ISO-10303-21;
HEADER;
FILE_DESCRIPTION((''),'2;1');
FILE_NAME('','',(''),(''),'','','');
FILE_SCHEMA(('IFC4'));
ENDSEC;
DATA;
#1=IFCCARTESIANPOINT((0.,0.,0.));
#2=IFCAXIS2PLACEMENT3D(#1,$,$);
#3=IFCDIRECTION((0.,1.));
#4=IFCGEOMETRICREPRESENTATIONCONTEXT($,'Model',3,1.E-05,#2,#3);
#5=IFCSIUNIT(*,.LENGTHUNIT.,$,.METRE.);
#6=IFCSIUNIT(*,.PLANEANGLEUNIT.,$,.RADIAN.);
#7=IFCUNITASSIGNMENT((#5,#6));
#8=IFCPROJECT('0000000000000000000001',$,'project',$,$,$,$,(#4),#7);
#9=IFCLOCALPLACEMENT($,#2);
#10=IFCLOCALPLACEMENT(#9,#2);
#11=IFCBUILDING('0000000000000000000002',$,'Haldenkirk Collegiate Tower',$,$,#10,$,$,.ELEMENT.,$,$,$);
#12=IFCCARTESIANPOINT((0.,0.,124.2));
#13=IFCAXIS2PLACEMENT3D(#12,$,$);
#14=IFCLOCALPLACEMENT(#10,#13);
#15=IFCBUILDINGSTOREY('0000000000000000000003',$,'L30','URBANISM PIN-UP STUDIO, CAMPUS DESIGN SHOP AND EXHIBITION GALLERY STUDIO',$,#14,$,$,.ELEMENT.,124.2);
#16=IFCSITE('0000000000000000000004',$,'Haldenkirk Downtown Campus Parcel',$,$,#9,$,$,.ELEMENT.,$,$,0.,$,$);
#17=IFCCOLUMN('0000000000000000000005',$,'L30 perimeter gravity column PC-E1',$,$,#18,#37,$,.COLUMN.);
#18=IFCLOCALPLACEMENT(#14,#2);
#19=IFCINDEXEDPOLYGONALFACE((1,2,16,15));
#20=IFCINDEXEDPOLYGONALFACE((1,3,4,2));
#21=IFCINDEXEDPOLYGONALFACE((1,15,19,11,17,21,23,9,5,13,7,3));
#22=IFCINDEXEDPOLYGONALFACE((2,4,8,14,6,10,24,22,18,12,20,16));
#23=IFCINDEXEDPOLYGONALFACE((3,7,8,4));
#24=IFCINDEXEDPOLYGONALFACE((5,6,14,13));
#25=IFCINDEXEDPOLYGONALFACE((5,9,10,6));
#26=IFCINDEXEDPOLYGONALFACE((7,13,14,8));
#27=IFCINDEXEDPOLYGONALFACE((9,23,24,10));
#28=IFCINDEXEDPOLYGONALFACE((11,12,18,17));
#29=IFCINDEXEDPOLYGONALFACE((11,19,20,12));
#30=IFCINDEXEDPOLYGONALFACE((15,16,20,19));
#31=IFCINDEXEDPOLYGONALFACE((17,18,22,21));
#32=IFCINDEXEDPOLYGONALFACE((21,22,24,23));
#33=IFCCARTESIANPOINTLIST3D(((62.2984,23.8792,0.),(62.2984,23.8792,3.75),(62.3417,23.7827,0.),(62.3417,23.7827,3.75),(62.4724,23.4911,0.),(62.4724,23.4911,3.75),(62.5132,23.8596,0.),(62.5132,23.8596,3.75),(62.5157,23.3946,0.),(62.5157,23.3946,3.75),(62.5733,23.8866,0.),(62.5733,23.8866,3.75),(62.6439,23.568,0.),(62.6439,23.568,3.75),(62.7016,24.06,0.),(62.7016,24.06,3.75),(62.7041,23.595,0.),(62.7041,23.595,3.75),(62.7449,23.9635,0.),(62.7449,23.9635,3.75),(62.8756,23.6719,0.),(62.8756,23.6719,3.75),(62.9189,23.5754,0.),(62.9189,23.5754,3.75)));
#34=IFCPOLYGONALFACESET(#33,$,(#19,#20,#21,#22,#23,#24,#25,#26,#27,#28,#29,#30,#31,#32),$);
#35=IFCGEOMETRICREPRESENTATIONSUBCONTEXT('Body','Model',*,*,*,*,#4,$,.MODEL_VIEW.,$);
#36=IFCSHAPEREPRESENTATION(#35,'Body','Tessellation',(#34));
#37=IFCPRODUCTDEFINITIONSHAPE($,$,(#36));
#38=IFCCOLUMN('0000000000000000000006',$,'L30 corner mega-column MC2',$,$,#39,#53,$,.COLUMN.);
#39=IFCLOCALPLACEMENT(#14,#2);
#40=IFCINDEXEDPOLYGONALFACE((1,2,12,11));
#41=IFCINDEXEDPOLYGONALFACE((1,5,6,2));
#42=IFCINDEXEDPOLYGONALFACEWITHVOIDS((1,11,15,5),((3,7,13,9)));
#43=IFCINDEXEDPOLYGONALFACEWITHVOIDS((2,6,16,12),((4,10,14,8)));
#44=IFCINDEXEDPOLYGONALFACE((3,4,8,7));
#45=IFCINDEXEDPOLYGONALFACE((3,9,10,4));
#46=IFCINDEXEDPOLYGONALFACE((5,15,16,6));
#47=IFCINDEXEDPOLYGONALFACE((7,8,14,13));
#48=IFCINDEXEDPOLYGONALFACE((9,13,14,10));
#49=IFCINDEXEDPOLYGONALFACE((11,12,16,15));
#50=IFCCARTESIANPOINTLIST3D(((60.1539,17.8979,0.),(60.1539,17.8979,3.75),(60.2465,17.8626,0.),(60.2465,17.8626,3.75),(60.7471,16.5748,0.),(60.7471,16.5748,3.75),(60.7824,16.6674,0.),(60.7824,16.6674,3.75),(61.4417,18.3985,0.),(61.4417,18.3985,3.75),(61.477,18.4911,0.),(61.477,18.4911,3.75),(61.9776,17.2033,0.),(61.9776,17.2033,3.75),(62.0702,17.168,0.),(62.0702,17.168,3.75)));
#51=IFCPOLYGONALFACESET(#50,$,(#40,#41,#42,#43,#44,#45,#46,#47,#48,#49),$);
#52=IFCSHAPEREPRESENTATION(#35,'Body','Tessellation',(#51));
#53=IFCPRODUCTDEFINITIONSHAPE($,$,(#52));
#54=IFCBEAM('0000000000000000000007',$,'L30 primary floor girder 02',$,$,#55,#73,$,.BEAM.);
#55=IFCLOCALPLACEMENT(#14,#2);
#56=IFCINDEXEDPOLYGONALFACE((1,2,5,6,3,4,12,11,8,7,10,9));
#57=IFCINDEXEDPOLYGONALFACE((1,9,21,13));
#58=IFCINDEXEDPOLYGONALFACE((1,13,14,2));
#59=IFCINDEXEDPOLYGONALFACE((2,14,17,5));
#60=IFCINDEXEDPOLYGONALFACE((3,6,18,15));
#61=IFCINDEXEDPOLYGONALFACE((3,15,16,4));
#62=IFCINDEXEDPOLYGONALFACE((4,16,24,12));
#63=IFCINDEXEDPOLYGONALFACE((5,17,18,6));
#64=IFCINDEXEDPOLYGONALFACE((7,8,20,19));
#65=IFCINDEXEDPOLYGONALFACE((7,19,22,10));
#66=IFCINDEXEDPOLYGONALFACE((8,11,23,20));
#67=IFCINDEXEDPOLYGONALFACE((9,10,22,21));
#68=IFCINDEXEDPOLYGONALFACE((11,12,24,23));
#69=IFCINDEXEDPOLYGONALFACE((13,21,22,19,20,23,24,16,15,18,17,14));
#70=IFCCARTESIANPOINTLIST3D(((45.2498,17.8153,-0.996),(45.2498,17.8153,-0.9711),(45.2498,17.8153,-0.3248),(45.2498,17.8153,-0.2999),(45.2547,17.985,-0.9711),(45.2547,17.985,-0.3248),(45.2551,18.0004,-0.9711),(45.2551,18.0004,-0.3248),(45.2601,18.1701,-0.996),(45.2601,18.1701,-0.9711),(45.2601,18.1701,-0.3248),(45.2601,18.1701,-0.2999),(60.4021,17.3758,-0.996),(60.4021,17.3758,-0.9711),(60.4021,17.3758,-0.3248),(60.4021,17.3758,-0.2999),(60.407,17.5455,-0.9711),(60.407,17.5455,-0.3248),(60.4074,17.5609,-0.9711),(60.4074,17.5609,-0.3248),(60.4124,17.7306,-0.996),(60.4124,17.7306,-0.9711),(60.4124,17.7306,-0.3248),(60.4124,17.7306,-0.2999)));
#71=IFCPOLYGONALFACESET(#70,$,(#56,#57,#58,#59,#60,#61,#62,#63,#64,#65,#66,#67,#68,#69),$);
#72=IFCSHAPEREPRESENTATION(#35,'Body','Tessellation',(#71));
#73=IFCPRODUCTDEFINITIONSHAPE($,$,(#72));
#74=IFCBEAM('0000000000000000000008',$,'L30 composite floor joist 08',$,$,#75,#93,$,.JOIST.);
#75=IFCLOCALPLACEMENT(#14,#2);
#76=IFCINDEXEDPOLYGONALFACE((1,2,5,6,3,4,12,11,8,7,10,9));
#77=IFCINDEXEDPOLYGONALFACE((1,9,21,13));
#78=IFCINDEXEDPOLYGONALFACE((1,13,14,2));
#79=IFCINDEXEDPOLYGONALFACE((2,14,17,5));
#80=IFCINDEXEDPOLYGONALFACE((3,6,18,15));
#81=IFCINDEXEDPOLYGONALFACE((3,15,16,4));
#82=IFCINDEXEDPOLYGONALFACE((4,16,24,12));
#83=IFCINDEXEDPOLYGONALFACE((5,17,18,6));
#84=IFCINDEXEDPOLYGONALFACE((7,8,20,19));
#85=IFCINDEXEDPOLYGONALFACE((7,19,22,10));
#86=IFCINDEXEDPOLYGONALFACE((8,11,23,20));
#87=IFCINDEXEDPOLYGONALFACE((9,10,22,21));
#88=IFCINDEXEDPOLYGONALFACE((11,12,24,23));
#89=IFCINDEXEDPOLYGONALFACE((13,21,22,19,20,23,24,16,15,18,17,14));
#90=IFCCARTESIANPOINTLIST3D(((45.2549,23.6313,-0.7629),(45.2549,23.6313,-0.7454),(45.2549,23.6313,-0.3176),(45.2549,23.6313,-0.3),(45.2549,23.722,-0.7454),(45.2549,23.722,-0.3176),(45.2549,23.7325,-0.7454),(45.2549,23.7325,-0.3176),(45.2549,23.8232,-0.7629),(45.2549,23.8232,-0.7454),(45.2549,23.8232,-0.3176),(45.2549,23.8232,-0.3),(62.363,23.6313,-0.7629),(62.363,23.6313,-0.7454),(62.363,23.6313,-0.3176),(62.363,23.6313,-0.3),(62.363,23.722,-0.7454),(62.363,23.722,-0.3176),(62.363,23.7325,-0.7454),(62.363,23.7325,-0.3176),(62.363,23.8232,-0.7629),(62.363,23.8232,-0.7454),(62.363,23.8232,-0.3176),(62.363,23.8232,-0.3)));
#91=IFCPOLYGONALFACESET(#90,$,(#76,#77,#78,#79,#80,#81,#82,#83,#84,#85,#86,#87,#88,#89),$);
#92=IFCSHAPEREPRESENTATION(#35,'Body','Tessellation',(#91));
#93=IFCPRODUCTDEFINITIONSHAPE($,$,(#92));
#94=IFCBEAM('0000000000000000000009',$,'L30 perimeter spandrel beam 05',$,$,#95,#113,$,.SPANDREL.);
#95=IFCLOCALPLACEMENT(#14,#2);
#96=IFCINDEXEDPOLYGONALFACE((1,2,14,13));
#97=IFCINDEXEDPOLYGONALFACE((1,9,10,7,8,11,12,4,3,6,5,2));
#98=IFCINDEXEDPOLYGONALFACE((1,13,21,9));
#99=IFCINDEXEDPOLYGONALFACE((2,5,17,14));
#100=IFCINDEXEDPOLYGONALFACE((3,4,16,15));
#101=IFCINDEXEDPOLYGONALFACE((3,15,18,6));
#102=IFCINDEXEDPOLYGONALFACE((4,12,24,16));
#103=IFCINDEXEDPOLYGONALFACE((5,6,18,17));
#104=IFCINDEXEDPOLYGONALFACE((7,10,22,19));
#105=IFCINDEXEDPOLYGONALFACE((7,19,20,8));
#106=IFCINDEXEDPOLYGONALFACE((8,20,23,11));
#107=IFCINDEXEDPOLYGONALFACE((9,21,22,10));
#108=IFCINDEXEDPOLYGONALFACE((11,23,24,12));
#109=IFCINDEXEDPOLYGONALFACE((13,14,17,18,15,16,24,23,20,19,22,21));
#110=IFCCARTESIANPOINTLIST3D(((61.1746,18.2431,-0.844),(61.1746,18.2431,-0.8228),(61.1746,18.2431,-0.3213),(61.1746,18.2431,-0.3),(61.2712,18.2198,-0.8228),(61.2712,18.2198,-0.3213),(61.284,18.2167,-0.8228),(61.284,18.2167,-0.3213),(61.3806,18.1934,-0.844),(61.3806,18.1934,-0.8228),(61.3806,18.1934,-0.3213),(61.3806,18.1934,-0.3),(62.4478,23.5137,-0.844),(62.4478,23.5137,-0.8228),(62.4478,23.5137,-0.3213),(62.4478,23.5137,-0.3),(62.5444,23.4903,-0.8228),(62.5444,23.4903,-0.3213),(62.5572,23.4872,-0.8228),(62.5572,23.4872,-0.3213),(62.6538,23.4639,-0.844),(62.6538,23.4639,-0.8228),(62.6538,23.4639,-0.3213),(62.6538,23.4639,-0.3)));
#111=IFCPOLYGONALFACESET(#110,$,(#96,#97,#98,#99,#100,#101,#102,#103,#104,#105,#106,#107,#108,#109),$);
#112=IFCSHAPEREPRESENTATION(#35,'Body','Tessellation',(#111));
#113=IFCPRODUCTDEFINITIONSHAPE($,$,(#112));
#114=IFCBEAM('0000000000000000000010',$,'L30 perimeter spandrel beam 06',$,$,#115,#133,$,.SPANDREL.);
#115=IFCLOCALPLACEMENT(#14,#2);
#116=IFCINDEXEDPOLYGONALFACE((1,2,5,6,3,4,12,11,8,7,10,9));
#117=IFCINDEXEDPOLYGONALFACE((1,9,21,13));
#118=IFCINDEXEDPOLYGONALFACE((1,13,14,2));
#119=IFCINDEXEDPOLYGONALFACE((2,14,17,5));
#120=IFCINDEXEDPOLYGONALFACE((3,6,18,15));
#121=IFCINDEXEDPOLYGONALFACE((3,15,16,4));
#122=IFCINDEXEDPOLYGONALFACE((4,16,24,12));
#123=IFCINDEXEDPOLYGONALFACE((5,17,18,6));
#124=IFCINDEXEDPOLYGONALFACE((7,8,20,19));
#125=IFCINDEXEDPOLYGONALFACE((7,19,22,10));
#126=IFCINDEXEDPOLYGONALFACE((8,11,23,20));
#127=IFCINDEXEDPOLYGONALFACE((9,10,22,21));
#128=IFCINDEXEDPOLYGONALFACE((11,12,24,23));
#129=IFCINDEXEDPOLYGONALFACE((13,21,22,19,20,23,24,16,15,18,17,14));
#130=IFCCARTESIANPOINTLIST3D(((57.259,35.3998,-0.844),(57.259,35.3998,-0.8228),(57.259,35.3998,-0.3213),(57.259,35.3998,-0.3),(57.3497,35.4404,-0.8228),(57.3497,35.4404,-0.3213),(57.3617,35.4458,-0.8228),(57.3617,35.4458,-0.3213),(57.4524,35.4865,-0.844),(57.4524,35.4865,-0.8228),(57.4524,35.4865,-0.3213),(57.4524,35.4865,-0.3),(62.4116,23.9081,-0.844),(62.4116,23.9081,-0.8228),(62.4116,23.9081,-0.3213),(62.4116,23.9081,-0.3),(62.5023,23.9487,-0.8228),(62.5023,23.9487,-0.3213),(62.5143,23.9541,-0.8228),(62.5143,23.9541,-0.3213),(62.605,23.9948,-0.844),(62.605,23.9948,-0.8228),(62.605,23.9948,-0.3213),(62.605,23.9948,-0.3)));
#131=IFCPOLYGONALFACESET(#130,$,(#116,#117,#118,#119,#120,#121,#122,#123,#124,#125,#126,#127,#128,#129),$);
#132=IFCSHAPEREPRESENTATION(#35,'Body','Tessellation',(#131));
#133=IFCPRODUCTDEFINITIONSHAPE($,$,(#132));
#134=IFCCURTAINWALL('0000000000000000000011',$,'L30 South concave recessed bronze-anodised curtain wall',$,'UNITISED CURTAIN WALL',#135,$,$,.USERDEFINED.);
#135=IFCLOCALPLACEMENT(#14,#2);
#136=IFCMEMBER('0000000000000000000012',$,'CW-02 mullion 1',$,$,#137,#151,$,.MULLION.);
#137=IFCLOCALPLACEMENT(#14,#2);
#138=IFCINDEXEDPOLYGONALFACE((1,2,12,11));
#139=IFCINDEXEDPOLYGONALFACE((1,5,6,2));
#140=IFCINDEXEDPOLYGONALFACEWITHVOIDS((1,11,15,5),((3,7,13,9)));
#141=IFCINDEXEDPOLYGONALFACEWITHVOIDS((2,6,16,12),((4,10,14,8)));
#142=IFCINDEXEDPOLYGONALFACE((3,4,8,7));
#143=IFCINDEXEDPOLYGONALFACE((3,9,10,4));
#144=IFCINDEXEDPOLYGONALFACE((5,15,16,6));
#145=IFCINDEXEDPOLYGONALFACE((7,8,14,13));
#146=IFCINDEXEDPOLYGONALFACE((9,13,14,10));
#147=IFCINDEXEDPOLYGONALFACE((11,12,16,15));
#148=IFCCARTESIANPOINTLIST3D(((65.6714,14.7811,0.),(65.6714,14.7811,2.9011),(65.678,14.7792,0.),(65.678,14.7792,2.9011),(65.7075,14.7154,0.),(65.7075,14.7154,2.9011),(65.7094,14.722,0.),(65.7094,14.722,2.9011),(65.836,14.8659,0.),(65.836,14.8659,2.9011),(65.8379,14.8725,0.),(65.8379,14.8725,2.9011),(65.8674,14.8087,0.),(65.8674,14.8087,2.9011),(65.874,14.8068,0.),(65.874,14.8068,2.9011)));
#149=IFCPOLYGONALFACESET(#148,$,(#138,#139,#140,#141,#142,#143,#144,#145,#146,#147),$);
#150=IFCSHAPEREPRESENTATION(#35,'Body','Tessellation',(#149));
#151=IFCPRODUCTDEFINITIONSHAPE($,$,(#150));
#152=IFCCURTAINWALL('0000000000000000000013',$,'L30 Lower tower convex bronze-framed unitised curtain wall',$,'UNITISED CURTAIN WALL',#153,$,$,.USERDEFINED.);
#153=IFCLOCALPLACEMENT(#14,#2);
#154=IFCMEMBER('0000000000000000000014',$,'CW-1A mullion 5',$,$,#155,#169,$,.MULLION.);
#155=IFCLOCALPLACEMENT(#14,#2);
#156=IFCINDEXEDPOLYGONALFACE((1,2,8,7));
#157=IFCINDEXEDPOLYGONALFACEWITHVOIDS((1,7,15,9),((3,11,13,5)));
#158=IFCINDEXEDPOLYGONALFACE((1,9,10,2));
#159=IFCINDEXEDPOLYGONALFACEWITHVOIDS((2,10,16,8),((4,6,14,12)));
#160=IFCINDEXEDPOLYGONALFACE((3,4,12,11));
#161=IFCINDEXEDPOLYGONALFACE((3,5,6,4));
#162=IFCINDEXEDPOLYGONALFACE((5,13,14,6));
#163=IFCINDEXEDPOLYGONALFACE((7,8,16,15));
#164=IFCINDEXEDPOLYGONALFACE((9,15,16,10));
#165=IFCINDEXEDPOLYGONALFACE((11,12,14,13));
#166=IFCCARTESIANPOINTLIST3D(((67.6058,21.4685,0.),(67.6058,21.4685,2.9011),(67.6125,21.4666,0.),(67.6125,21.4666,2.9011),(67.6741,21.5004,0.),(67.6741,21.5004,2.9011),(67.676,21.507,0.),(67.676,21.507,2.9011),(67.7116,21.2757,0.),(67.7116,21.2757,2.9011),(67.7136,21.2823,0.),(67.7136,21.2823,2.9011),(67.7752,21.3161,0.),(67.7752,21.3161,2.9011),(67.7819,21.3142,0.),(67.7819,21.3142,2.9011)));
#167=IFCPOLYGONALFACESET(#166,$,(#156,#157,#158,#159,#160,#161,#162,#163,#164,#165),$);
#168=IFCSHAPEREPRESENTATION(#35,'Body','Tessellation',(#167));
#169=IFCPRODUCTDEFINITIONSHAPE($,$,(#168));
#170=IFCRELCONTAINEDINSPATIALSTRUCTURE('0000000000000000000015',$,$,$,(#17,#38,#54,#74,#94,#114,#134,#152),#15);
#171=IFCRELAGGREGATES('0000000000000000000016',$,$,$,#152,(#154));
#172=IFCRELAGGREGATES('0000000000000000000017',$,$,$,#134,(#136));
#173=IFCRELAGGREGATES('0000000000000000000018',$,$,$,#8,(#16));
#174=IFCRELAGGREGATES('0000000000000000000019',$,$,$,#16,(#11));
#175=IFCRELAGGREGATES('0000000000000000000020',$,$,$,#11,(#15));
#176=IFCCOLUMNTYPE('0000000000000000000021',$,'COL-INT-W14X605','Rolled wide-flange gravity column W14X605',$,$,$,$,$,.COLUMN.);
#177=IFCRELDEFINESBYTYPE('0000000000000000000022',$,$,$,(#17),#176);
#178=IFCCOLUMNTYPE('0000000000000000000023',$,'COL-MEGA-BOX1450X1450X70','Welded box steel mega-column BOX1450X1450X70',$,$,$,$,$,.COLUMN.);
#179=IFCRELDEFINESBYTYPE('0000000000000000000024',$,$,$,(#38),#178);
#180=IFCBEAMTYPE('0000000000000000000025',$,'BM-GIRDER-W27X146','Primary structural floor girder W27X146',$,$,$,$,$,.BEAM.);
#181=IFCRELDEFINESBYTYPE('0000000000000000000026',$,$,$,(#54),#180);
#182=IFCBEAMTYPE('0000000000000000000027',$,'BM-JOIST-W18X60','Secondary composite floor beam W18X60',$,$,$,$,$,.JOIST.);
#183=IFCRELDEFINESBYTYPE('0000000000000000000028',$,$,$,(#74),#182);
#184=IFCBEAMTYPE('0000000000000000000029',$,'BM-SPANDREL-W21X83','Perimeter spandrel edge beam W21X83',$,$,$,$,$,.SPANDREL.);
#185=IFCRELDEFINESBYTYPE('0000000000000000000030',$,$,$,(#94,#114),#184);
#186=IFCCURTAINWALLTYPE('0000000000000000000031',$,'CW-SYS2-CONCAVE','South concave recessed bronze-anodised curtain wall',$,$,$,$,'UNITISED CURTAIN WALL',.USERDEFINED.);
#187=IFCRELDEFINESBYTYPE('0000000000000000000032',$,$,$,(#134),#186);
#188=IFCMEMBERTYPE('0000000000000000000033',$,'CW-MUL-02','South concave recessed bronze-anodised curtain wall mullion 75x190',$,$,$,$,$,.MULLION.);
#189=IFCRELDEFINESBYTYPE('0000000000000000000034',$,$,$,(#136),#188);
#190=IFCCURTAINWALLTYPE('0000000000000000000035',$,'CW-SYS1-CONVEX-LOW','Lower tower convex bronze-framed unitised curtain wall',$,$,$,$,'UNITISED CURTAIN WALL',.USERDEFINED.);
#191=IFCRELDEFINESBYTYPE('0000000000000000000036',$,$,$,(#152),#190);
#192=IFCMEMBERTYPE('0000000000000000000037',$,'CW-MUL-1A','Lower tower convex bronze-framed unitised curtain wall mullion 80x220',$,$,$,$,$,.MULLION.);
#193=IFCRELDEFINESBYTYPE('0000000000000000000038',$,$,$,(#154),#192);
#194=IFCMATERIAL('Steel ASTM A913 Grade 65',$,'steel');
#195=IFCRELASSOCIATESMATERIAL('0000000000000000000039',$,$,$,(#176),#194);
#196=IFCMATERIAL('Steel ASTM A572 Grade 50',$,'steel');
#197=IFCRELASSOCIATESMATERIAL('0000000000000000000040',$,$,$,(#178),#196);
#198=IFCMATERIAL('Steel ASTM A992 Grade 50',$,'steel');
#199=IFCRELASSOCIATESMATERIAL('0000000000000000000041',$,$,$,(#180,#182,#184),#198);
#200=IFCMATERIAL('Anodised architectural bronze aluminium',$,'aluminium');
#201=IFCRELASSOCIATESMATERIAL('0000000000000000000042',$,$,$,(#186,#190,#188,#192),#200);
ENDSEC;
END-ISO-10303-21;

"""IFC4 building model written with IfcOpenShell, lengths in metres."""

from ifc_helpers import new_model, si_unit, direction, frame, origin, origin_2d, place, context, subcontext, project, spatial, hollow_rectangle, i_section, extrude, material, material_profile, profile_set, type_object, element, aggregate, save


model = new_model("IFC4")

# Units and contexts
model_context = context("Model", 3, precision=1e-05, world=origin(), true_north=direction((0.0, 1.0)))
body_context = subcontext(model_context, "Body", "Model", "MODEL_VIEW")
ifc_project = project(units=[si_unit("LENGTHUNIT", "METRE"), si_unit("PLANEANGLEUNIT", "RADIAN")], contexts=[model_context])

# Site, building, storey
site_placement = place(None, origin())
site = spatial("IfcSite", under=ifc_project, at=site_placement, Name="Haldenkirk Downtown Campus Parcel", CompositionType="ELEMENT", RefElevation=0.0)
building_placement = place(site_placement, origin())
building = spatial("IfcBuilding", under=site, at=building_placement, Name="Haldenkirk Collegiate Tower", CompositionType="ELEMENT")
storey_placement = place(building_placement, frame((0.0, 0.0, 124.2)))
storey = spatial("IfcBuildingStorey", under=building, at=storey_placement, Name="L30", Description="URBANISM PIN-UP STUDIO, CAMPUS DESIGN SHOP AND EXHIBITION GALLERY STUDIO", CompositionType="ELEMENT", Elevation=124.2)

# Columns
ifc_material_1 = material(Name="Steel ASTM A913 Grade 65", Category="steel")
ifc_material_profile_1 = material_profile(ifc_material_1, i_section(OverallWidth=0.4419, OverallDepth=0.531, WebThickness=0.0659, FlangeThickness=0.1057, at=origin_2d()), Name="W14X605")
ifc_profile_set_1 = profile_set([ifc_material_profile_1], Name="Steel ASTM A913 Grade 65")
column_type_1 = type_object("IfcColumnType", Name="COL-INT-W14X605", Description="Rolled wide-flange gravity column W14X605", PredefinedType="COLUMN", material=ifc_profile_set_1)
column_1_placement = place(storey_placement, frame((62.6086, 23.7273, 0.0), z_axis=(0.0, 0.0, 1.0), x_axis=(0.912477, 0.409127, 0.0)))
element("IfcColumn", 1, at=column_1_placement, inside=storey, type_object=column_type_1, Name="L30 perimeter gravity column PC-E1", PredefinedType="COLUMN", context=body_context, shape_type="SweptSolid", body=[
    extrude(i_section(OverallWidth=0.4419, OverallDepth=0.531, WebThickness=0.0659, FlangeThickness=0.1057, at=origin_2d()), origin(), (0.0, 0.0, 1.0), 3.75),
])
ifc_material_2 = material(Name="Steel ASTM A572 Grade 50", Category="steel")
ifc_material_profile_2 = material_profile(ifc_material_2, hollow_rectangle(XDim=1.45, YDim=1.45, WallThickness=0.0701, at=origin_2d()), Name="BOX1450X1450X70")
ifc_profile_set_2 = profile_set([ifc_material_profile_2], Name="Steel ASTM A572 Grade 50")
column_type_2 = type_object("IfcColumnType", Name="COL-MEGA-BOX1450X1450X70", Description="Welded box steel mega-column BOX1450X1450X70", PredefinedType="COLUMN", material=ifc_profile_set_2)
column_2_placement = place(storey_placement, frame((61.1121, 17.533, 0.0), z_axis=(0.0, 0.0, 1.0), x_axis=(0.912477, 0.409127, 0.0)))
element("IfcColumn", 2, at=column_2_placement, inside=storey, type_object=column_type_2, Name="L30 corner mega-column MC2", PredefinedType="COLUMN", context=body_context, shape_type="SweptSolid", body=[
    extrude(hollow_rectangle(XDim=1.45, YDim=1.45, WallThickness=0.0701, at=origin_2d()), origin(), (0.0, 0.0, 1.0), 3.75),
])

# Beams
ifc_material_3 = material(Name="Steel ASTM A992 Grade 50", Category="steel")
ifc_material_profile_3 = material_profile(ifc_material_3, i_section(OverallWidth=0.355, OverallDepth=0.696, WebThickness=0.0154, FlangeThickness=0.0249, at=origin_2d()), Name="W27X146")
ifc_profile_set_3 = profile_set([ifc_material_profile_3], Name="Steel ASTM A992 Grade 50")
beam_type_1 = type_object("IfcBeamType", Name="BM-GIRDER-W27X146", Description="Primary structural floor girder W27X146", PredefinedType="BEAM", material=ifc_profile_set_3)
beam_1_placement = place(storey_placement, frame((60.4072, 17.5532, -0.6479), z_axis=(-0.99958, 0.02899, 0.0), x_axis=(-0.02899, -0.99958, 0.0)))
element("IfcBeam", 3, at=beam_1_placement, inside=storey, type_object=beam_type_1, Name="L30 primary floor girder 02", PredefinedType="BEAM", context=body_context, shape_type="SweptSolid", body=[
    extrude(i_section(OverallWidth=0.355, OverallDepth=0.696, WebThickness=0.0154, FlangeThickness=0.0249, at=origin_2d()), origin(), (0.0, 0.0, 1.0), 15.1587),
])
ifc_material_profile_4 = material_profile(ifc_material_3, i_section(OverallWidth=0.1919, OverallDepth=0.4629, WebThickness=0.0105, FlangeThickness=0.0176, at=origin_2d()), Name="W18X60")
ifc_profile_set_4 = profile_set([ifc_material_profile_4], Name="Steel ASTM A992 Grade 50")
beam_type_2 = type_object("IfcBeamType", Name="BM-JOIST-W18X60", Description="Secondary composite floor beam W18X60", PredefinedType="JOIST", material=ifc_profile_set_4)
beam_2_placement = place(storey_placement, frame((62.363, 23.7273, -0.5315), z_axis=(-1.0, 0.0, 0.0), x_axis=(0.0, -1.0, 0.0)))
element("IfcBeam", 4, at=beam_2_placement, inside=storey, type_object=beam_type_2, Name="L30 composite floor joist 08", PredefinedType="JOIST", context=body_context, shape_type="SweptSolid", body=[
    extrude(i_section(OverallWidth=0.1919, OverallDepth=0.4629, WebThickness=0.0105, FlangeThickness=0.0176, at=origin_2d()), origin(), (0.0, 0.0, 1.0), 17.1082),
])
ifc_material_profile_5 = material_profile(ifc_material_3, i_section(OverallWidth=0.2119, OverallDepth=0.5439, WebThickness=0.0132, FlangeThickness=0.0212, at=origin_2d()), Name="W21X83")
ifc_profile_set_5 = profile_set([ifc_material_profile_5], Name="Steel ASTM A992 Grade 50")
beam_type_3 = type_object("IfcBeamType", Name="BM-SPANDREL-W21X83", Description="Perimeter spandrel edge beam W21X83", PredefinedType="SPANDREL", material=ifc_profile_set_5)
beam_3_placement = place(storey_placement, frame((61.2776, 18.2183, -0.572), z_axis=(0.234815, 0.97204, 0.0), x_axis=(-0.97204, 0.234815, 0.0)))
element("IfcBeam", 5, at=beam_3_placement, inside=storey, type_object=beam_type_3, Name="L30 perimeter spandrel beam 05", PredefinedType="SPANDREL", context=body_context, shape_type="SweptSolid", body=[
    extrude(i_section(OverallWidth=0.2119, OverallDepth=0.5439, WebThickness=0.0132, FlangeThickness=0.0212, at=origin_2d()), origin(), (0.0, 0.0, 1.0), 5.4221),
])
beam_4_placement = place(storey_placement, frame((62.5083, 23.9514, -0.572), z_axis=(-0.409131, 0.912476, 0.0), x_axis=(-0.912476, -0.409131, 0.0)))
element("IfcBeam", 6, at=beam_4_placement, inside=storey, type_object=beam_type_3, Name="L30 perimeter spandrel beam 06", PredefinedType="SPANDREL", context=body_context, shape_type="SweptSolid", body=[
    extrude(i_section(OverallWidth=0.2119, OverallDepth=0.5439, WebThickness=0.0132, FlangeThickness=0.0212, at=origin_2d()), origin(), (0.0, 0.0, 1.0), 12.594),
])

# Curtain walls, members
ifc_material_4 = material(Name="Anodised architectural bronze aluminium", Category="aluminium")
curtain_wall_type_1 = type_object("IfcCurtainWallType", Name="CW-SYS2-CONCAVE", Description="South concave recessed bronze-anodised curtain wall", ElementType="UNITISED CURTAIN WALL", PredefinedType="USERDEFINED", material=ifc_material_4)
curtain_wall_1_placement = place(storey_placement, origin())
curtain_wall_1 = element("IfcCurtainWall", 7, at=curtain_wall_1_placement, inside=storey, type_object=curtain_wall_type_1, Name="L30 South concave recessed bronze-anodised curtain wall", ObjectType="UNITISED CURTAIN WALL", PredefinedType="USERDEFINED")
ifc_material_profile_6 = material_profile(ifc_material_4, hollow_rectangle(XDim=0.075, YDim=0.1899, WallThickness=0.0049, at=origin_2d()), Name="CW-MUL-02")
ifc_profile_set_6 = profile_set([ifc_material_profile_6], Name="Anodised architectural bronze aluminium")
member_type_1 = type_object("IfcMemberType", Name="CW-MUL-02", Description="South concave recessed bronze-anodised curtain wall mullion 75x190", PredefinedType="MULLION", material=ifc_profile_set_6)
member_1_placement = place(storey_placement, frame((65.7727, 14.7939, 0.0), z_axis=(0.0, 0.0, 1.0), x_axis=(0.480989, -0.876727, 0.0)))
member_1 = element("IfcMember", 8, at=member_1_placement, type_object=member_type_1, Name="CW-02 mullion 1", PredefinedType="MULLION", context=body_context, shape_type="SweptSolid", body=[
    extrude(hollow_rectangle(XDim=0.075, YDim=0.1899, WallThickness=0.0049, at=origin_2d()), origin(), (0.0, 0.0, 1.0), 2.9011),
])
curtain_wall_type_2 = type_object("IfcCurtainWallType", Name="CW-SYS1-CONVEX-LOW", Description="Lower tower convex bronze-framed unitised curtain wall", ElementType="UNITISED CURTAIN WALL", PredefinedType="USERDEFINED", material=ifc_material_4)
curtain_wall_2_placement = place(storey_placement, origin())
curtain_wall_2 = element("IfcCurtainWall", 9, at=curtain_wall_2_placement, inside=storey, type_object=curtain_wall_type_2, Name="L30 Lower tower convex bronze-framed unitised curtain wall", ObjectType="UNITISED CURTAIN WALL", PredefinedType="USERDEFINED")
ifc_material_profile_7 = material_profile(ifc_material_4, hollow_rectangle(XDim=0.0801, YDim=0.22, WallThickness=0.0049, at=origin_2d()), Name="CW-MUL-1A")
ifc_profile_set_7 = profile_set([ifc_material_profile_7], Name="Anodised architectural bronze aluminium")
member_type_2 = type_object("IfcMemberType", Name="CW-MUL-1A", Description="Lower tower convex bronze-framed unitised curtain wall mullion 80x220", PredefinedType="MULLION", material=ifc_profile_set_7)
member_2_placement = place(storey_placement, frame((67.6938, 21.3914, 0.0), z_axis=(0.0, 0.0, 1.0), x_axis=(0.876726, 0.48099, 0.0)))
member_2 = element("IfcMember", 10, at=member_2_placement, type_object=member_type_2, Name="CW-1A mullion 5", PredefinedType="MULLION", context=body_context, shape_type="SweptSolid", body=[
    extrude(hollow_rectangle(XDim=0.0801, YDim=0.22, WallThickness=0.0049, at=origin_2d()), origin(), (0.0, 0.0, 1.0), 2.9011),
])
aggregate(curtain_wall_2, [member_2])

aggregate(curtain_wall_1, [member_1])

save(model, "model.ifc")
